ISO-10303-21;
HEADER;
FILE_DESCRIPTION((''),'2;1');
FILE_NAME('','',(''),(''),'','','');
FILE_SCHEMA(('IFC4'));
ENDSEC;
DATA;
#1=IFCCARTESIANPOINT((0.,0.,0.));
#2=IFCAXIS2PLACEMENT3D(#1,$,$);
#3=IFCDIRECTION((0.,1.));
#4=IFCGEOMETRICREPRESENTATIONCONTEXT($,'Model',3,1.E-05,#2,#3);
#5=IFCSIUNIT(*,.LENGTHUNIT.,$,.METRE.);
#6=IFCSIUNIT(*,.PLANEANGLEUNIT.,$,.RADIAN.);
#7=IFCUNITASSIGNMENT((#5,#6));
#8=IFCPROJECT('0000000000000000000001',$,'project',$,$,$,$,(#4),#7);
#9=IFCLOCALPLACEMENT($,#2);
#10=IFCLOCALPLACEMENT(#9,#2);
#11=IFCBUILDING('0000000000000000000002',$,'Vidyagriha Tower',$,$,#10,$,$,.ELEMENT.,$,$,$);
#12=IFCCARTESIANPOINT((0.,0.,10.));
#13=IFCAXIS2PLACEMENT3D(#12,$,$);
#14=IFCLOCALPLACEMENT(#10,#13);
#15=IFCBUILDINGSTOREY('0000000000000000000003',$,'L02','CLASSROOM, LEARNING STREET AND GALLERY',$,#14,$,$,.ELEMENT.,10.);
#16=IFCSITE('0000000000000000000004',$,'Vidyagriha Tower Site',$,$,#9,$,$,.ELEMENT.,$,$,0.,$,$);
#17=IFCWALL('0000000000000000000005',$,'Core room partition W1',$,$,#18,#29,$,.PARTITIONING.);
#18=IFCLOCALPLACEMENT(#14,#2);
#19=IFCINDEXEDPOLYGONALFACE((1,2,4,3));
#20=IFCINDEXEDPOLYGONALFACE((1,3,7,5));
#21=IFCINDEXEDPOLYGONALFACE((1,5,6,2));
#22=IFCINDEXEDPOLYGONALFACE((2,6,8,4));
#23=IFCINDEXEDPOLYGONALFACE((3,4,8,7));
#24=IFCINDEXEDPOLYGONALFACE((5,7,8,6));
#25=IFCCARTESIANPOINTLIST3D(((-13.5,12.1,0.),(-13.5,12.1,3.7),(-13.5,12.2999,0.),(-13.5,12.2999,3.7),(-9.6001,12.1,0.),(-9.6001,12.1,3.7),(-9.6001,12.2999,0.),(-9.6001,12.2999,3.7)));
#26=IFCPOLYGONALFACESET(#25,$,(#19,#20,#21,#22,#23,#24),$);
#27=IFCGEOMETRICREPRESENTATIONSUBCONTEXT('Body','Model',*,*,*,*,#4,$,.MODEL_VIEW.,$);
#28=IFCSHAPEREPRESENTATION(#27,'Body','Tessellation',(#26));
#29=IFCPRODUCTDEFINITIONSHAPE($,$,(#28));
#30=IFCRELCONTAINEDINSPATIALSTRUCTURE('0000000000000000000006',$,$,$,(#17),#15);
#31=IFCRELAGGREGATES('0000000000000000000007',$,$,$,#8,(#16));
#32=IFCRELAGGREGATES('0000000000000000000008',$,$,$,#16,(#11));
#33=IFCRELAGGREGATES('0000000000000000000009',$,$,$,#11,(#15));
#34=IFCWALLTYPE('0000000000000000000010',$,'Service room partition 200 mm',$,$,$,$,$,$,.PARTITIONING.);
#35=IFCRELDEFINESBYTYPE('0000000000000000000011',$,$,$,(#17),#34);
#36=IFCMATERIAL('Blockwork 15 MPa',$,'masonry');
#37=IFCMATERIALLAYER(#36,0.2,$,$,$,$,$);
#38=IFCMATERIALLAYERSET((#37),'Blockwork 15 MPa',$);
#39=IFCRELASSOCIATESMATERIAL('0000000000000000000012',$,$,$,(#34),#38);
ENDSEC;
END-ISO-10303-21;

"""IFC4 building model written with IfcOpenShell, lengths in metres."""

from ifc_helpers import new_model, si_unit, direction, frame, frame_2d, origin, place, context, subcontext, project, spatial, rectangle, extrude, material, layer, layer_set, type_object, element, save


model = new_model("IFC4")

# Units and contexts
model_context = context("Model", 3, precision=1e-05, world=origin(), true_north=direction((0.0, 1.0)))
body_context = subcontext(model_context, "Body", "Model", "MODEL_VIEW")
ifc_project = project(units=[si_unit("LENGTHUNIT", "METRE"), si_unit("PLANEANGLEUNIT", "RADIAN")], contexts=[model_context])

# Site, building, storey
site_placement = place(None, origin())
site = spatial("IfcSite", under=ifc_project, at=site_placement, Name="Vidyagriha Tower Site", CompositionType="ELEMENT", RefElevation=0.0)
building_placement = place(site_placement, origin())
building = spatial("IfcBuilding", under=site, at=building_placement, Name="Vidyagriha Tower", CompositionType="ELEMENT")
storey_placement = place(building_placement, frame((0.0, 0.0, 10.0)))
storey = spatial("IfcBuildingStorey", under=building, at=storey_placement, Name="L02", Description="CLASSROOM, LEARNING STREET AND GALLERY", CompositionType="ELEMENT", Elevation=10.0)

# Wall
ifc_material_1 = material(Name="Blockwork 15 MPa", Category="masonry")
ifc_layer_1 = layer(ifc_material_1, 0.2)
ifc_layer_set_1 = layer_set([ifc_layer_1], Name="Blockwork 15 MPa")
wall_type_1 = type_object("IfcWallType", Name="Service room partition 200 mm", PredefinedType="PARTITIONING", material=ifc_layer_set_1)
wall_1_placement = place(storey_placement, frame((-13.5, 12.2, 0.0)))
element("IfcWall", 1, at=wall_1_placement, inside=storey, type_object=wall_type_1, Name="Core room partition W1", PredefinedType="PARTITIONING", context=body_context, shape_type="SweptSolid", body=[
    extrude(rectangle(XDim=3.8999, YDim=0.2, at=frame_2d((1.95, 0.0))), origin(), (0.0, 0.0, 1.0), 3.7),
])

save(model, "model.ifc")
